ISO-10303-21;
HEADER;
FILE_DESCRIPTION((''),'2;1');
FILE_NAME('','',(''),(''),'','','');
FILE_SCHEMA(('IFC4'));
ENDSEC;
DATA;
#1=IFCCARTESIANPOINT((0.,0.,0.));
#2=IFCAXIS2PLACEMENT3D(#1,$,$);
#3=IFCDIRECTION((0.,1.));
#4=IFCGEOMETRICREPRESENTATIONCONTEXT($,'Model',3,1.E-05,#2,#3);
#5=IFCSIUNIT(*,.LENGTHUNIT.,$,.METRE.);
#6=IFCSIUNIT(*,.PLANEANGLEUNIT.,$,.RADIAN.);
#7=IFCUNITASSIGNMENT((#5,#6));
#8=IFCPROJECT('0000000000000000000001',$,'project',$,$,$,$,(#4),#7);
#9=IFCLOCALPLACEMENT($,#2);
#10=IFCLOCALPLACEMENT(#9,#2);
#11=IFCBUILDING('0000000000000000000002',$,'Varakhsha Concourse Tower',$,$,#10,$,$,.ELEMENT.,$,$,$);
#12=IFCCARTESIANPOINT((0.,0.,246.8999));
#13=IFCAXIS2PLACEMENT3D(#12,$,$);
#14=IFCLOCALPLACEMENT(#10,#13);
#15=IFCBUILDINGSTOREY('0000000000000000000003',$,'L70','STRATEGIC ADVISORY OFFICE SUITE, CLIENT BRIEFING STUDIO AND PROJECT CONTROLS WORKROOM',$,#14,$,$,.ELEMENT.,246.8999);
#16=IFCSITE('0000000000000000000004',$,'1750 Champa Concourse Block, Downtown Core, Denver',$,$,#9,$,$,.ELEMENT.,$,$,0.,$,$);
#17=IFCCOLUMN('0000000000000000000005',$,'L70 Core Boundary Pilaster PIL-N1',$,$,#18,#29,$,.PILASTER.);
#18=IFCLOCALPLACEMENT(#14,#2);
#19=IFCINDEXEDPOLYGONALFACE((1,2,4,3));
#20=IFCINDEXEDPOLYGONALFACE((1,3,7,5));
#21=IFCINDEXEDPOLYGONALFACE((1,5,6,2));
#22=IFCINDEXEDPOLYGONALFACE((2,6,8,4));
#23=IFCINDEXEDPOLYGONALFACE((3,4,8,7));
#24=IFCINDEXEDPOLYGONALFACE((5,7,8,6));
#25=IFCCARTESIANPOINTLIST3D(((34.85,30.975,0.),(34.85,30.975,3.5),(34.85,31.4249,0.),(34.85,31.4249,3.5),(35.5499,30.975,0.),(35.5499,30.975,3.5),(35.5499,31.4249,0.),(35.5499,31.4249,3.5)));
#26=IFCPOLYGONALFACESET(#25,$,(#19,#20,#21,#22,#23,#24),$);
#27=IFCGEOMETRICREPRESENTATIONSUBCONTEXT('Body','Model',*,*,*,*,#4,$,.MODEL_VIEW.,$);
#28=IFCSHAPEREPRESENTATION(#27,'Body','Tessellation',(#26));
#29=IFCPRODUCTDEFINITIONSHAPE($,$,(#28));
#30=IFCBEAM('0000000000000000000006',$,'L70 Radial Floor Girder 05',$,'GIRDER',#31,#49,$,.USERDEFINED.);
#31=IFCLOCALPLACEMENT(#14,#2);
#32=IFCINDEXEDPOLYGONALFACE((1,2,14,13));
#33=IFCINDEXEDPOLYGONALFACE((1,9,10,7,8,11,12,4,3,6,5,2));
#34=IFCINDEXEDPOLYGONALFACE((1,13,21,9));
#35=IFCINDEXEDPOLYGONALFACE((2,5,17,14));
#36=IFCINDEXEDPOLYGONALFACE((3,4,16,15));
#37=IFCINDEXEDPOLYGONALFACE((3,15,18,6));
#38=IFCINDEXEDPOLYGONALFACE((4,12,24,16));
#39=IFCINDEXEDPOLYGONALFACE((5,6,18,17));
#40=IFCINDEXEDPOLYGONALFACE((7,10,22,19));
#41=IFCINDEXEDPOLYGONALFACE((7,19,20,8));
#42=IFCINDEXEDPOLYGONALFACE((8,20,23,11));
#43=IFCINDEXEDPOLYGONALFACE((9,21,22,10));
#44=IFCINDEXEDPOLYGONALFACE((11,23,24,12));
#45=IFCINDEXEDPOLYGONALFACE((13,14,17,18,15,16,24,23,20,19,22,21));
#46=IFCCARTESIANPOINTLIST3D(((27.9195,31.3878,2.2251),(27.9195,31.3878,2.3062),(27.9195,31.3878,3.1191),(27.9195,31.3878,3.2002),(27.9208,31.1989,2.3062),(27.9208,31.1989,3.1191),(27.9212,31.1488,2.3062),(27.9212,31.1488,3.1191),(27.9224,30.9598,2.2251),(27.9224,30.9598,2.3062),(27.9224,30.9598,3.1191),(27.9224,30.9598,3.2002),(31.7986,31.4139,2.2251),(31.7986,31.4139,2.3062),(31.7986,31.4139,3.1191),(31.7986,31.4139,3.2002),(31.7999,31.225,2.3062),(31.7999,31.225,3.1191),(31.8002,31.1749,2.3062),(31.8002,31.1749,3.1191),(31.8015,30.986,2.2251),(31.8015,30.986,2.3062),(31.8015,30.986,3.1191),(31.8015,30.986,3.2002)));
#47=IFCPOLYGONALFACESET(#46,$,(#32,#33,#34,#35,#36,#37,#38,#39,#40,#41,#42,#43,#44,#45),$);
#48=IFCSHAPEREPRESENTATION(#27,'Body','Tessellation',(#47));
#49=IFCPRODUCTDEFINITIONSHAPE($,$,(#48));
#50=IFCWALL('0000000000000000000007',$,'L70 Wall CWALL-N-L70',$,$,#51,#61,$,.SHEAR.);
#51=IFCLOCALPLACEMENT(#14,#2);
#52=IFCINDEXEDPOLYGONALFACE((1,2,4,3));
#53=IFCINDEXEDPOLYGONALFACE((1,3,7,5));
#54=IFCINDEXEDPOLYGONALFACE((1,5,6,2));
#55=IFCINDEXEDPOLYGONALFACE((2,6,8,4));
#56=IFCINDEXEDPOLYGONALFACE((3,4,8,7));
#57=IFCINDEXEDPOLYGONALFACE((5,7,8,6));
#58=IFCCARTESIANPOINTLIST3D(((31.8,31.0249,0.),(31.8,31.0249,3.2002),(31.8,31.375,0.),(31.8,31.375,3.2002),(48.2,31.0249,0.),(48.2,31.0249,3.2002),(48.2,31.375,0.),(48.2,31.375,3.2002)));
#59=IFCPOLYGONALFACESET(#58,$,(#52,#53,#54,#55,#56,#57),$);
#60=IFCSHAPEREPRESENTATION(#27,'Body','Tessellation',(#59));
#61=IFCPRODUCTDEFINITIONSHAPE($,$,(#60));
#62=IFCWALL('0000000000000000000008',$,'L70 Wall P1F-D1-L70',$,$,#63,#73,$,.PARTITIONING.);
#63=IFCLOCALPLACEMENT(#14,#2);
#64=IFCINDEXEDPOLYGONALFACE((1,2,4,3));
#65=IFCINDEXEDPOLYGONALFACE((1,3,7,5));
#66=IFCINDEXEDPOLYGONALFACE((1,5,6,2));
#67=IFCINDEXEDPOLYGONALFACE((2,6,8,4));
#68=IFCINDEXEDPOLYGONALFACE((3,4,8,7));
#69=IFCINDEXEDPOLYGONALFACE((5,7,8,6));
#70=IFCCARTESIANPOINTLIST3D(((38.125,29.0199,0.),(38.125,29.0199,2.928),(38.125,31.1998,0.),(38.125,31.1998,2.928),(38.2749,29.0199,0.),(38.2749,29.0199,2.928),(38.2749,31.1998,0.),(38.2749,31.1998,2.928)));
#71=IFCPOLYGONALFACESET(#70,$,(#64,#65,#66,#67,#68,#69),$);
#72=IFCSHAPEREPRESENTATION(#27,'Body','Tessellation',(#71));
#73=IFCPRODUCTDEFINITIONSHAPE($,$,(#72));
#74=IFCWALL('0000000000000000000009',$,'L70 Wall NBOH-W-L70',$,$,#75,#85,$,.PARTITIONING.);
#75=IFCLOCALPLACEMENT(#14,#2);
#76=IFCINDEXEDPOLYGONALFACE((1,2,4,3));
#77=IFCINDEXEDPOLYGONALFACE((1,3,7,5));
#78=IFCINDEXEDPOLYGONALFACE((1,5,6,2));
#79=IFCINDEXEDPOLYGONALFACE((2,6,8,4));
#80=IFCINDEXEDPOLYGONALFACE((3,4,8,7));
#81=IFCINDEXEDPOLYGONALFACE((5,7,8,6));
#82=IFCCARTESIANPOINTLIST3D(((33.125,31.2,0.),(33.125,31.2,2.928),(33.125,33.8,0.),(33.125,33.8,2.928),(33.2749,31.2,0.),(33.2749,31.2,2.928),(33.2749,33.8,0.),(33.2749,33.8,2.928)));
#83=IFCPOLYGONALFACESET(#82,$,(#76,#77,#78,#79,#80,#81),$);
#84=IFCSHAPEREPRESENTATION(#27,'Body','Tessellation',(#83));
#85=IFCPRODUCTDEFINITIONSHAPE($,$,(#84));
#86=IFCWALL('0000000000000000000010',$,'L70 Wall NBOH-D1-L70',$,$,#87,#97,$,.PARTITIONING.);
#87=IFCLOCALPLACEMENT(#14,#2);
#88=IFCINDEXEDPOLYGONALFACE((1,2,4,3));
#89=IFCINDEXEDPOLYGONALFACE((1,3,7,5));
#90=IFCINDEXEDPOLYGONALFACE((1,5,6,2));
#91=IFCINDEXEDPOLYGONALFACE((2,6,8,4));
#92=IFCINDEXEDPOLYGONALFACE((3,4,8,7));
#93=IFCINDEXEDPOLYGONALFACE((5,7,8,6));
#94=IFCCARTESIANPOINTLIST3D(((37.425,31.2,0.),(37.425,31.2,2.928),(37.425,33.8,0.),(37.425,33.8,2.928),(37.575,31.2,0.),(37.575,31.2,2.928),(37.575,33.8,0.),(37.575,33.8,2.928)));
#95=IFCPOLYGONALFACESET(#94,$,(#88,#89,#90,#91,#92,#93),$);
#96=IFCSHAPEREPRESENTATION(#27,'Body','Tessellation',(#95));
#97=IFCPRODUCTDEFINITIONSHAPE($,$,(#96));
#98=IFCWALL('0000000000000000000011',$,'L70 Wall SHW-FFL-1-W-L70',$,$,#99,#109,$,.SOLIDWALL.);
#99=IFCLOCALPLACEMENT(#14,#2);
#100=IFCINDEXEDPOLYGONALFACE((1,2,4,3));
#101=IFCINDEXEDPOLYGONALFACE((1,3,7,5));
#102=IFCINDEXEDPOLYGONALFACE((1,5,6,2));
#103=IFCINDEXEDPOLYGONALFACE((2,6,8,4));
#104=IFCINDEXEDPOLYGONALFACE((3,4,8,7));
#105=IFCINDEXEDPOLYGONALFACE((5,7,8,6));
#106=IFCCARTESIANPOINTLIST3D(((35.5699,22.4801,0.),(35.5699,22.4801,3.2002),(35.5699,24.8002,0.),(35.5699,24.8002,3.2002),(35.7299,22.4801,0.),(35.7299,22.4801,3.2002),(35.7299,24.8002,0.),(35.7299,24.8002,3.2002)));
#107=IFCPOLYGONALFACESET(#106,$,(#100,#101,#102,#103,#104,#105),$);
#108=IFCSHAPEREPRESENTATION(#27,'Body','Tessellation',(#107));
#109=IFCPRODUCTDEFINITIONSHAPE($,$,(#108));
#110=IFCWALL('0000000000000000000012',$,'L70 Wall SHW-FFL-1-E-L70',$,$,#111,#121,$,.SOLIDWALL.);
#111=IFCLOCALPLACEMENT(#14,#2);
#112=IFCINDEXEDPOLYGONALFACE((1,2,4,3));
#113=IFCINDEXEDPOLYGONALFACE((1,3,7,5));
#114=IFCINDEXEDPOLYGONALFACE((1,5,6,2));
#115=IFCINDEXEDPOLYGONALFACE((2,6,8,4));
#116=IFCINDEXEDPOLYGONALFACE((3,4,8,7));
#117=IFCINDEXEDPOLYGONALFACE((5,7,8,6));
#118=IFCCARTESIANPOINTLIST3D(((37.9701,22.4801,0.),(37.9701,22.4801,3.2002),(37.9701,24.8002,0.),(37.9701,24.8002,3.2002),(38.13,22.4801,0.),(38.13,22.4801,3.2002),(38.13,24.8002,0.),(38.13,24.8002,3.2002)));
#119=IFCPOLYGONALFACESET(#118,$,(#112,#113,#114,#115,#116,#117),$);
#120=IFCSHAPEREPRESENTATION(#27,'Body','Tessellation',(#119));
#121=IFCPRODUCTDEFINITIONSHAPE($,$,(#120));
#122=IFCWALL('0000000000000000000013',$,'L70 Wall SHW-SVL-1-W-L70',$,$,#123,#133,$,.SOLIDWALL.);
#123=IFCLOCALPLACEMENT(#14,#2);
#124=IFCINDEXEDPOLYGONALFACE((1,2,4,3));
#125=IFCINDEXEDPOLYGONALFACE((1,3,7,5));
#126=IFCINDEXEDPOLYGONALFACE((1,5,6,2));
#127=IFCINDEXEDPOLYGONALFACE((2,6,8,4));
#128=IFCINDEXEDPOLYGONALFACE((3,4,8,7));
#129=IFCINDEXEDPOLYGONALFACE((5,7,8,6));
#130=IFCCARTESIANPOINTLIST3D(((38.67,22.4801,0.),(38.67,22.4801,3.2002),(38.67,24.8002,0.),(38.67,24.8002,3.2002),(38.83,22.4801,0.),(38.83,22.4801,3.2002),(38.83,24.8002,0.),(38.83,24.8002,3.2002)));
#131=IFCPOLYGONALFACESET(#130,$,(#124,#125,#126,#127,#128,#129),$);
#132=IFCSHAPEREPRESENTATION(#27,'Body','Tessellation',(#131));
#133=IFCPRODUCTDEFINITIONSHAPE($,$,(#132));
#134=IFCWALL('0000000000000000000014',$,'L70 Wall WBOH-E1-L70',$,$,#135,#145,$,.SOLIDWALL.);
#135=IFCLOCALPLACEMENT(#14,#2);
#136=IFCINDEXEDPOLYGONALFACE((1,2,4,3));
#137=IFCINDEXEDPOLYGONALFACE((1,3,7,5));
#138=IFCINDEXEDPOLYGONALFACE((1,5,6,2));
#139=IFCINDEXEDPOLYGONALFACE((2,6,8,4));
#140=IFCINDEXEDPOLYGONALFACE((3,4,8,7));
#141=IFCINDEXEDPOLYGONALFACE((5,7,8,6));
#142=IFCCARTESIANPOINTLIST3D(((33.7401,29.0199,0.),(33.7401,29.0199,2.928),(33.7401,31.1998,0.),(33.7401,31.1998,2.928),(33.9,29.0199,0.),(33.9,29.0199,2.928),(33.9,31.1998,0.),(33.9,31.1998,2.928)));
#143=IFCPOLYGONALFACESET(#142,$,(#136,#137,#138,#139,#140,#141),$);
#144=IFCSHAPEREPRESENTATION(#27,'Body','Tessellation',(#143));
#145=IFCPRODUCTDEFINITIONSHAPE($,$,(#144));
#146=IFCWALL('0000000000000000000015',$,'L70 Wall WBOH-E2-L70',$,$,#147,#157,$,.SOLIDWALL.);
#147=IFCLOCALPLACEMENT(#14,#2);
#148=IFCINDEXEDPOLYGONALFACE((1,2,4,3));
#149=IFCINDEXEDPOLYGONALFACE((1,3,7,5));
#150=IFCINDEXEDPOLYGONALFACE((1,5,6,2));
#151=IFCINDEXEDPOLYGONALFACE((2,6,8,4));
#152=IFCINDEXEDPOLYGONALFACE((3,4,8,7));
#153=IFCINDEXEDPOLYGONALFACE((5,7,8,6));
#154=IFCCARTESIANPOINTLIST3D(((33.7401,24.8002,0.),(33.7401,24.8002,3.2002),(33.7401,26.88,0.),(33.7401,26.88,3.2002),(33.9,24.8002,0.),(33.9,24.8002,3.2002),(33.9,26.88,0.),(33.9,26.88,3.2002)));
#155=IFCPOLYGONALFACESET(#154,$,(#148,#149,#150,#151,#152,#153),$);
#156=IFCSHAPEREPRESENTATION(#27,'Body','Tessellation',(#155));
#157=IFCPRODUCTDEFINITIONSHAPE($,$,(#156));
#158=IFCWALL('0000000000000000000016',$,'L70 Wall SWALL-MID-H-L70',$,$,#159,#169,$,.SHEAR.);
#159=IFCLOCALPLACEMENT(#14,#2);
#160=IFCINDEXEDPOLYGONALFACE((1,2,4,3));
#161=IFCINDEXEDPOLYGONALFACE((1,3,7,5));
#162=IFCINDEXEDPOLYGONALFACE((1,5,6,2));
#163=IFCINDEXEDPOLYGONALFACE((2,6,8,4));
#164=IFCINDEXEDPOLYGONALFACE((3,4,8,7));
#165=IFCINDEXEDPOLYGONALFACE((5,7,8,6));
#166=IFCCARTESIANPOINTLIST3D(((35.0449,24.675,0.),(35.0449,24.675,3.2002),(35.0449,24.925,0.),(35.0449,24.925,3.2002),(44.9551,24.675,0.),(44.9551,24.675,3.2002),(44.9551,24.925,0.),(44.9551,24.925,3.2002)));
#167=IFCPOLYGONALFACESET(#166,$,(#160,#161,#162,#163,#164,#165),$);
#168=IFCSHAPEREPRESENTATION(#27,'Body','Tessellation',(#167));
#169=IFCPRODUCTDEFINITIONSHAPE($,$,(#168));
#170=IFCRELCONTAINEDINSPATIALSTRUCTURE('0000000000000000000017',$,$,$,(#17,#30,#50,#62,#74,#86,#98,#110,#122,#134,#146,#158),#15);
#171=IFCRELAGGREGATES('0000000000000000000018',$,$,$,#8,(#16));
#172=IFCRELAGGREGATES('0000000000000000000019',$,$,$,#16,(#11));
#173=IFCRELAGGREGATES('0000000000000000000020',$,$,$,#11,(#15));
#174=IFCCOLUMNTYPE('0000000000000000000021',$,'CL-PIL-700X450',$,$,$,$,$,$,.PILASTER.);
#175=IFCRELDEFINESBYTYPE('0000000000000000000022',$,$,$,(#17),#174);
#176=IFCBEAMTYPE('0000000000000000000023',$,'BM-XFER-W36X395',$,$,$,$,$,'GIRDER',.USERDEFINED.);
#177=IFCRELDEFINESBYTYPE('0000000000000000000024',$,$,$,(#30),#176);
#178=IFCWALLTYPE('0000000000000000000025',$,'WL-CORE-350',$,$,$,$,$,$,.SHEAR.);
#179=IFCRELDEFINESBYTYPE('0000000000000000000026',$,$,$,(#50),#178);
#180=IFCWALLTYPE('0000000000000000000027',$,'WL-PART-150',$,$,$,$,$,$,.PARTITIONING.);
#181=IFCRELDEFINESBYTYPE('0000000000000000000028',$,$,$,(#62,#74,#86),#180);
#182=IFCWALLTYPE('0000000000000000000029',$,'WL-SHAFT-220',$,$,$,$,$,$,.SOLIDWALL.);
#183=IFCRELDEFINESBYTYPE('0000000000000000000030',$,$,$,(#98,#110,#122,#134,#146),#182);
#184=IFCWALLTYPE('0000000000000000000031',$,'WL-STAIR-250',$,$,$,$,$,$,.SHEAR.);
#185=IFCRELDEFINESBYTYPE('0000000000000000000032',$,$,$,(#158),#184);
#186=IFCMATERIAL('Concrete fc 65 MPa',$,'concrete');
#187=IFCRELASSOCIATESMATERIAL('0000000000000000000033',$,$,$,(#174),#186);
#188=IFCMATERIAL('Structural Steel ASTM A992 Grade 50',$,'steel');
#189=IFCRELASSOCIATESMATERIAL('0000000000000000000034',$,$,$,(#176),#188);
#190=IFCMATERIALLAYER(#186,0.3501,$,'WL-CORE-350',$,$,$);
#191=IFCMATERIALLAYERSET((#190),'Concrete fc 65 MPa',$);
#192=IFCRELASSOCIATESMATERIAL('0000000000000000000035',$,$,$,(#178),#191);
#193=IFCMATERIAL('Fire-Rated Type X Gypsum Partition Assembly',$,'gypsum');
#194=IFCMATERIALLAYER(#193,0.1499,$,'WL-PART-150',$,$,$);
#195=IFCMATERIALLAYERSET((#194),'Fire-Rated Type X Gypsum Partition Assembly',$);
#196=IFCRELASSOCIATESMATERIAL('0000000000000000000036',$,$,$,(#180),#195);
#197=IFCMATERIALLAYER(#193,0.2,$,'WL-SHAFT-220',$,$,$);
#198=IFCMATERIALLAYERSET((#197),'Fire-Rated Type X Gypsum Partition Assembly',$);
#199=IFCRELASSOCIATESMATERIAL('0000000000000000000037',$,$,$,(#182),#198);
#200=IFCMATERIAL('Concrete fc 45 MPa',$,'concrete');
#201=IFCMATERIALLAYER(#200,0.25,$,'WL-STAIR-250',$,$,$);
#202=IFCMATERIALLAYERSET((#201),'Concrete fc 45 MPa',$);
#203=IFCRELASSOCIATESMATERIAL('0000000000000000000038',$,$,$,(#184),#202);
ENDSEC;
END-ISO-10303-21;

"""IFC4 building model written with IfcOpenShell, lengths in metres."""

from ifc_helpers import new_model, si_unit, direction, frame, frame_2d, origin, origin_2d, place, context, subcontext, project, spatial, rectangle, i_section, extrude, material, layer, layer_set, material_profile, profile_set, type_object, element, save


model = new_model("IFC4")

# Units and contexts
model_context = context("Model", 3, precision=1e-05, world=origin(), true_north=direction((0.0, 1.0)))
body_context = subcontext(model_context, "Body", "Model", "MODEL_VIEW")
ifc_project = project(units=[si_unit("LENGTHUNIT", "METRE"), si_unit("PLANEANGLEUNIT", "RADIAN")], contexts=[model_context])

# Site, building, storey
site_placement = place(None, origin())
site = spatial("IfcSite", under=ifc_project, at=site_placement, Name="1750 Champa Concourse Block, Downtown Core, Denver", CompositionType="ELEMENT", RefElevation=0.0)
building_placement = place(site_placement, origin())
building = spatial("IfcBuilding", under=site, at=building_placement, Name="Varakhsha Concourse Tower", CompositionType="ELEMENT")
storey_placement = place(building_placement, frame((0.0, 0.0, 246.8999)))
storey = spatial("IfcBuildingStorey", under=building, at=storey_placement, Name="L70", Description="STRATEGIC ADVISORY OFFICE SUITE, CLIENT BRIEFING STUDIO AND PROJECT CONTROLS WORKROOM", CompositionType="ELEMENT", Elevation=246.8999)

# Column
ifc_material_1 = material(Name="Concrete fc 65 MPa", Category="concrete")
ifc_material_profile_1 = material_profile(ifc_material_1, rectangle(XDim=0.7, YDim=0.45, at=origin_2d()), Name="RC 700x450")
ifc_profile_set_1 = profile_set([ifc_material_profile_1], Name="Concrete fc 65 MPa")
column_type = type_object("IfcColumnType", Name="CL-PIL-700X450", PredefinedType="PILASTER", material=ifc_profile_set_1)
column_placement = place(storey_placement, frame((35.2, 31.2, 0.0), z_axis=(0.0, 0.0, 1.0), x_axis=(1.0, 0.0, 0.0)))
element("IfcColumn", 1, at=column_placement, inside=storey, type_object=column_type, Name="L70 Core Boundary Pilaster PIL-N1", PredefinedType="PILASTER", context=body_context, shape_type="SweptSolid", body=[
    extrude(rectangle(XDim=0.7, YDim=0.45, at=origin_2d()), origin(), (0.0, 0.0, 1.0), 3.5),
])

# Beam
ifc_material_2 = material(Name="Structural Steel ASTM A992 Grade 50", Category="steel")
ifc_material_profile_2 = material_profile(ifc_material_2, i_section(OverallWidth=0.428, OverallDepth=0.9751, WebThickness=0.05, FlangeThickness=0.0811, at=origin_2d()), Name="W36X395")
ifc_profile_set_2 = profile_set([ifc_material_profile_2], Name="Structural Steel ASTM A992 Grade 50")
beam_type = type_object("IfcBeamType", Name="BM-XFER-W36X395", ElementType="GIRDER", PredefinedType="USERDEFINED", material=ifc_profile_set_2)
beam_placement = place(storey_placement, frame((31.8, 31.2, 2.7126), z_axis=(-0.999977, -0.006734, 0.0), x_axis=(0.006734, -0.999977, 0.0)))
element("IfcBeam", 2, at=beam_placement, inside=storey, type_object=beam_type, Name="L70 Radial Floor Girder 05", ObjectType="GIRDER", PredefinedType="USERDEFINED", context=body_context, shape_type="SweptSolid", body=[
    extrude(i_section(OverallWidth=0.428, OverallDepth=0.9751, WebThickness=0.05, FlangeThickness=0.0811, at=origin_2d()), origin(), (0.0, 0.0, 1.0), 3.8792),
])

# Walls
ifc_layer_1 = layer(ifc_material_1, 0.3501, Name="WL-CORE-350")
ifc_layer_set_1 = layer_set([ifc_layer_1], Name="Concrete fc 65 MPa")
wall_type_1 = type_object("IfcWallType", Name="WL-CORE-350", PredefinedType="SHEAR", material=ifc_layer_set_1)
wall_1_placement = place(storey_placement, frame((31.8, 31.2, 0.0), z_axis=(0.0, 0.0, 1.0), x_axis=(1.0, 0.0, 0.0)))
element("IfcWall", 3, at=wall_1_placement, inside=storey, type_object=wall_type_1, Name="L70 Wall CWALL-N-L70", PredefinedType="SHEAR", context=body_context, shape_type="SweptSolid", body=[
    extrude(rectangle(XDim=16.3999, YDim=0.3501, at=frame_2d((8.2, 0.0))), origin(), (0.0, 0.0, 1.0), 3.2002),
])
ifc_material_3 = material(Name="Fire-Rated Type X Gypsum Partition Assembly", Category="gypsum")
ifc_layer_2 = layer(ifc_material_3, 0.1499, Name="WL-PART-150")
ifc_layer_set_2 = layer_set([ifc_layer_2], Name="Fire-Rated Type X Gypsum Partition Assembly")
wall_type_2 = type_object("IfcWallType", Name="WL-PART-150", PredefinedType="PARTITIONING", material=ifc_layer_set_2)
wall_2_placement = place(storey_placement, frame((38.2, 29.02, 0.0), z_axis=(0.0, 0.0, 1.0), x_axis=(0.0, 1.0, 0.0)))
element("IfcWall", 4, at=wall_2_placement, inside=storey, type_object=wall_type_2, Name="L70 Wall P1F-D1-L70", PredefinedType="PARTITIONING", context=body_context, shape_type="SweptSolid", body=[
    extrude(rectangle(XDim=2.1799, YDim=0.1499, at=frame_2d((1.0898, 0.0))), origin(), (0.0, 0.0, 1.0), 2.928),
])
for number, where, z_axis, x_axis, name in (
    (5, (33.2, 31.2, 0.0), (0.0, 0.0, 1.0), (0.0, 1.0, 0.0), "L70 Wall NBOH-W-L70"),
    (6, (37.5, 31.2, 0.0), (0.0, 0.0, 1.0), (0.0, 1.0, 0.0), "L70 Wall NBOH-D1-L70"),
):
    element("IfcWall", number, at=place(storey_placement, frame(where, z_axis=z_axis, x_axis=x_axis)), inside=storey, type_object=wall_type_2, Name=name, PredefinedType="PARTITIONING", context=body_context, shape_type="SweptSolid", body=[
        extrude(rectangle(XDim=2.6001, YDim=0.1499, at=frame_2d((1.3, 0.0))), origin(), (0.0, 0.0, 1.0), 2.928),
    ])

# Shared definitions
ifc_layer_3 = layer(ifc_material_3, 0.2, Name="WL-SHAFT-220")
ifc_layer_set_3 = layer_set([ifc_layer_3], Name="Fire-Rated Type X Gypsum Partition Assembly")
wall_type_3 = type_object("IfcWallType", Name="WL-SHAFT-220", PredefinedType="SOLIDWALL", material=ifc_layer_set_3)

# Walls
for number, where, z_axis, x_axis, name in (
    (7, (35.6499, 22.48, 0.0), (0.0, 0.0, 1.0), (0.0, 1.0, 0.0), "L70 Wall SHW-FFL-1-W-L70"),
    (8, (38.05, 22.48, 0.0), (0.0, 0.0, 1.0), (0.0, 1.0, 0.0), "L70 Wall SHW-FFL-1-E-L70"),
    (9, (38.75, 22.48, 0.0), (0.0, 0.0, 1.0), (0.0, 1.0, 0.0), "L70 Wall SHW-SVL-1-W-L70"),
):
    element("IfcWall", number, at=place(storey_placement, frame(where, z_axis=z_axis, x_axis=x_axis)), inside=storey, type_object=wall_type_3, Name=name, PredefinedType="SOLIDWALL", context=body_context, shape_type="SweptSolid", body=[
        extrude(rectangle(XDim=2.3201, YDim=0.1599, at=frame_2d((1.1602, 0.0))), origin(), (0.0, 0.0, 1.0), 3.2002),
    ])

# Walls
wall_3_placement = place(storey_placement, frame((33.8201, 29.02, 0.0), z_axis=(0.0, 0.0, 1.0), x_axis=(0.0, 1.0, 0.0)))
element("IfcWall", 10, at=wall_3_placement, inside=storey, type_object=wall_type_3, Name="L70 Wall WBOH-E1-L70", PredefinedType="SOLIDWALL", context=body_context, shape_type="SweptSolid", body=[
    extrude(rectangle(XDim=2.1799, YDim=0.1599, at=frame_2d((1.0898, 0.0))), origin(), (0.0, 0.0, 1.0), 2.928),
])
wall_4_placement = place(storey_placement, frame((33.8201, 24.8, 0.0), z_axis=(0.0, 0.0, 1.0), x_axis=(0.0, 1.0, 0.0)))
element("IfcWall", 11, at=wall_4_placement, inside=storey, type_object=wall_type_3, Name="L70 Wall WBOH-E2-L70", PredefinedType="SOLIDWALL", context=body_context, shape_type="SweptSolid", body=[
    extrude(rectangle(XDim=2.0798, YDim=0.1599, at=frame_2d((1.04, 0.0))), origin(), (0.0, 0.0, 1.0), 3.2002),
])
ifc_material_4 = material(Name="Concrete fc 45 MPa", Category="concrete")
ifc_layer_4 = layer(ifc_material_4, 0.25, Name="WL-STAIR-250")
ifc_layer_set_4 = layer_set([ifc_layer_4], Name="Concrete fc 45 MPa")
wall_type_4 = type_object("IfcWallType", Name="WL-STAIR-250", PredefinedType="SHEAR", material=ifc_layer_set_4)
wall_5_placement = place(storey_placement, frame((35.0449, 24.8, 0.0), z_axis=(0.0, 0.0, 1.0), x_axis=(1.0, 0.0, 0.0)))
element("IfcWall", 12, at=wall_5_placement, inside=storey, type_object=wall_type_4, Name="L70 Wall SWALL-MID-H-L70", PredefinedType="SHEAR", context=body_context, shape_type="SweptSolid", body=[
    extrude(rectangle(XDim=9.9102, YDim=0.25, at=frame_2d((4.9551, 0.0))), origin(), (0.0, 0.0, 1.0), 3.2002),
])

save(model, "model.ifc")
